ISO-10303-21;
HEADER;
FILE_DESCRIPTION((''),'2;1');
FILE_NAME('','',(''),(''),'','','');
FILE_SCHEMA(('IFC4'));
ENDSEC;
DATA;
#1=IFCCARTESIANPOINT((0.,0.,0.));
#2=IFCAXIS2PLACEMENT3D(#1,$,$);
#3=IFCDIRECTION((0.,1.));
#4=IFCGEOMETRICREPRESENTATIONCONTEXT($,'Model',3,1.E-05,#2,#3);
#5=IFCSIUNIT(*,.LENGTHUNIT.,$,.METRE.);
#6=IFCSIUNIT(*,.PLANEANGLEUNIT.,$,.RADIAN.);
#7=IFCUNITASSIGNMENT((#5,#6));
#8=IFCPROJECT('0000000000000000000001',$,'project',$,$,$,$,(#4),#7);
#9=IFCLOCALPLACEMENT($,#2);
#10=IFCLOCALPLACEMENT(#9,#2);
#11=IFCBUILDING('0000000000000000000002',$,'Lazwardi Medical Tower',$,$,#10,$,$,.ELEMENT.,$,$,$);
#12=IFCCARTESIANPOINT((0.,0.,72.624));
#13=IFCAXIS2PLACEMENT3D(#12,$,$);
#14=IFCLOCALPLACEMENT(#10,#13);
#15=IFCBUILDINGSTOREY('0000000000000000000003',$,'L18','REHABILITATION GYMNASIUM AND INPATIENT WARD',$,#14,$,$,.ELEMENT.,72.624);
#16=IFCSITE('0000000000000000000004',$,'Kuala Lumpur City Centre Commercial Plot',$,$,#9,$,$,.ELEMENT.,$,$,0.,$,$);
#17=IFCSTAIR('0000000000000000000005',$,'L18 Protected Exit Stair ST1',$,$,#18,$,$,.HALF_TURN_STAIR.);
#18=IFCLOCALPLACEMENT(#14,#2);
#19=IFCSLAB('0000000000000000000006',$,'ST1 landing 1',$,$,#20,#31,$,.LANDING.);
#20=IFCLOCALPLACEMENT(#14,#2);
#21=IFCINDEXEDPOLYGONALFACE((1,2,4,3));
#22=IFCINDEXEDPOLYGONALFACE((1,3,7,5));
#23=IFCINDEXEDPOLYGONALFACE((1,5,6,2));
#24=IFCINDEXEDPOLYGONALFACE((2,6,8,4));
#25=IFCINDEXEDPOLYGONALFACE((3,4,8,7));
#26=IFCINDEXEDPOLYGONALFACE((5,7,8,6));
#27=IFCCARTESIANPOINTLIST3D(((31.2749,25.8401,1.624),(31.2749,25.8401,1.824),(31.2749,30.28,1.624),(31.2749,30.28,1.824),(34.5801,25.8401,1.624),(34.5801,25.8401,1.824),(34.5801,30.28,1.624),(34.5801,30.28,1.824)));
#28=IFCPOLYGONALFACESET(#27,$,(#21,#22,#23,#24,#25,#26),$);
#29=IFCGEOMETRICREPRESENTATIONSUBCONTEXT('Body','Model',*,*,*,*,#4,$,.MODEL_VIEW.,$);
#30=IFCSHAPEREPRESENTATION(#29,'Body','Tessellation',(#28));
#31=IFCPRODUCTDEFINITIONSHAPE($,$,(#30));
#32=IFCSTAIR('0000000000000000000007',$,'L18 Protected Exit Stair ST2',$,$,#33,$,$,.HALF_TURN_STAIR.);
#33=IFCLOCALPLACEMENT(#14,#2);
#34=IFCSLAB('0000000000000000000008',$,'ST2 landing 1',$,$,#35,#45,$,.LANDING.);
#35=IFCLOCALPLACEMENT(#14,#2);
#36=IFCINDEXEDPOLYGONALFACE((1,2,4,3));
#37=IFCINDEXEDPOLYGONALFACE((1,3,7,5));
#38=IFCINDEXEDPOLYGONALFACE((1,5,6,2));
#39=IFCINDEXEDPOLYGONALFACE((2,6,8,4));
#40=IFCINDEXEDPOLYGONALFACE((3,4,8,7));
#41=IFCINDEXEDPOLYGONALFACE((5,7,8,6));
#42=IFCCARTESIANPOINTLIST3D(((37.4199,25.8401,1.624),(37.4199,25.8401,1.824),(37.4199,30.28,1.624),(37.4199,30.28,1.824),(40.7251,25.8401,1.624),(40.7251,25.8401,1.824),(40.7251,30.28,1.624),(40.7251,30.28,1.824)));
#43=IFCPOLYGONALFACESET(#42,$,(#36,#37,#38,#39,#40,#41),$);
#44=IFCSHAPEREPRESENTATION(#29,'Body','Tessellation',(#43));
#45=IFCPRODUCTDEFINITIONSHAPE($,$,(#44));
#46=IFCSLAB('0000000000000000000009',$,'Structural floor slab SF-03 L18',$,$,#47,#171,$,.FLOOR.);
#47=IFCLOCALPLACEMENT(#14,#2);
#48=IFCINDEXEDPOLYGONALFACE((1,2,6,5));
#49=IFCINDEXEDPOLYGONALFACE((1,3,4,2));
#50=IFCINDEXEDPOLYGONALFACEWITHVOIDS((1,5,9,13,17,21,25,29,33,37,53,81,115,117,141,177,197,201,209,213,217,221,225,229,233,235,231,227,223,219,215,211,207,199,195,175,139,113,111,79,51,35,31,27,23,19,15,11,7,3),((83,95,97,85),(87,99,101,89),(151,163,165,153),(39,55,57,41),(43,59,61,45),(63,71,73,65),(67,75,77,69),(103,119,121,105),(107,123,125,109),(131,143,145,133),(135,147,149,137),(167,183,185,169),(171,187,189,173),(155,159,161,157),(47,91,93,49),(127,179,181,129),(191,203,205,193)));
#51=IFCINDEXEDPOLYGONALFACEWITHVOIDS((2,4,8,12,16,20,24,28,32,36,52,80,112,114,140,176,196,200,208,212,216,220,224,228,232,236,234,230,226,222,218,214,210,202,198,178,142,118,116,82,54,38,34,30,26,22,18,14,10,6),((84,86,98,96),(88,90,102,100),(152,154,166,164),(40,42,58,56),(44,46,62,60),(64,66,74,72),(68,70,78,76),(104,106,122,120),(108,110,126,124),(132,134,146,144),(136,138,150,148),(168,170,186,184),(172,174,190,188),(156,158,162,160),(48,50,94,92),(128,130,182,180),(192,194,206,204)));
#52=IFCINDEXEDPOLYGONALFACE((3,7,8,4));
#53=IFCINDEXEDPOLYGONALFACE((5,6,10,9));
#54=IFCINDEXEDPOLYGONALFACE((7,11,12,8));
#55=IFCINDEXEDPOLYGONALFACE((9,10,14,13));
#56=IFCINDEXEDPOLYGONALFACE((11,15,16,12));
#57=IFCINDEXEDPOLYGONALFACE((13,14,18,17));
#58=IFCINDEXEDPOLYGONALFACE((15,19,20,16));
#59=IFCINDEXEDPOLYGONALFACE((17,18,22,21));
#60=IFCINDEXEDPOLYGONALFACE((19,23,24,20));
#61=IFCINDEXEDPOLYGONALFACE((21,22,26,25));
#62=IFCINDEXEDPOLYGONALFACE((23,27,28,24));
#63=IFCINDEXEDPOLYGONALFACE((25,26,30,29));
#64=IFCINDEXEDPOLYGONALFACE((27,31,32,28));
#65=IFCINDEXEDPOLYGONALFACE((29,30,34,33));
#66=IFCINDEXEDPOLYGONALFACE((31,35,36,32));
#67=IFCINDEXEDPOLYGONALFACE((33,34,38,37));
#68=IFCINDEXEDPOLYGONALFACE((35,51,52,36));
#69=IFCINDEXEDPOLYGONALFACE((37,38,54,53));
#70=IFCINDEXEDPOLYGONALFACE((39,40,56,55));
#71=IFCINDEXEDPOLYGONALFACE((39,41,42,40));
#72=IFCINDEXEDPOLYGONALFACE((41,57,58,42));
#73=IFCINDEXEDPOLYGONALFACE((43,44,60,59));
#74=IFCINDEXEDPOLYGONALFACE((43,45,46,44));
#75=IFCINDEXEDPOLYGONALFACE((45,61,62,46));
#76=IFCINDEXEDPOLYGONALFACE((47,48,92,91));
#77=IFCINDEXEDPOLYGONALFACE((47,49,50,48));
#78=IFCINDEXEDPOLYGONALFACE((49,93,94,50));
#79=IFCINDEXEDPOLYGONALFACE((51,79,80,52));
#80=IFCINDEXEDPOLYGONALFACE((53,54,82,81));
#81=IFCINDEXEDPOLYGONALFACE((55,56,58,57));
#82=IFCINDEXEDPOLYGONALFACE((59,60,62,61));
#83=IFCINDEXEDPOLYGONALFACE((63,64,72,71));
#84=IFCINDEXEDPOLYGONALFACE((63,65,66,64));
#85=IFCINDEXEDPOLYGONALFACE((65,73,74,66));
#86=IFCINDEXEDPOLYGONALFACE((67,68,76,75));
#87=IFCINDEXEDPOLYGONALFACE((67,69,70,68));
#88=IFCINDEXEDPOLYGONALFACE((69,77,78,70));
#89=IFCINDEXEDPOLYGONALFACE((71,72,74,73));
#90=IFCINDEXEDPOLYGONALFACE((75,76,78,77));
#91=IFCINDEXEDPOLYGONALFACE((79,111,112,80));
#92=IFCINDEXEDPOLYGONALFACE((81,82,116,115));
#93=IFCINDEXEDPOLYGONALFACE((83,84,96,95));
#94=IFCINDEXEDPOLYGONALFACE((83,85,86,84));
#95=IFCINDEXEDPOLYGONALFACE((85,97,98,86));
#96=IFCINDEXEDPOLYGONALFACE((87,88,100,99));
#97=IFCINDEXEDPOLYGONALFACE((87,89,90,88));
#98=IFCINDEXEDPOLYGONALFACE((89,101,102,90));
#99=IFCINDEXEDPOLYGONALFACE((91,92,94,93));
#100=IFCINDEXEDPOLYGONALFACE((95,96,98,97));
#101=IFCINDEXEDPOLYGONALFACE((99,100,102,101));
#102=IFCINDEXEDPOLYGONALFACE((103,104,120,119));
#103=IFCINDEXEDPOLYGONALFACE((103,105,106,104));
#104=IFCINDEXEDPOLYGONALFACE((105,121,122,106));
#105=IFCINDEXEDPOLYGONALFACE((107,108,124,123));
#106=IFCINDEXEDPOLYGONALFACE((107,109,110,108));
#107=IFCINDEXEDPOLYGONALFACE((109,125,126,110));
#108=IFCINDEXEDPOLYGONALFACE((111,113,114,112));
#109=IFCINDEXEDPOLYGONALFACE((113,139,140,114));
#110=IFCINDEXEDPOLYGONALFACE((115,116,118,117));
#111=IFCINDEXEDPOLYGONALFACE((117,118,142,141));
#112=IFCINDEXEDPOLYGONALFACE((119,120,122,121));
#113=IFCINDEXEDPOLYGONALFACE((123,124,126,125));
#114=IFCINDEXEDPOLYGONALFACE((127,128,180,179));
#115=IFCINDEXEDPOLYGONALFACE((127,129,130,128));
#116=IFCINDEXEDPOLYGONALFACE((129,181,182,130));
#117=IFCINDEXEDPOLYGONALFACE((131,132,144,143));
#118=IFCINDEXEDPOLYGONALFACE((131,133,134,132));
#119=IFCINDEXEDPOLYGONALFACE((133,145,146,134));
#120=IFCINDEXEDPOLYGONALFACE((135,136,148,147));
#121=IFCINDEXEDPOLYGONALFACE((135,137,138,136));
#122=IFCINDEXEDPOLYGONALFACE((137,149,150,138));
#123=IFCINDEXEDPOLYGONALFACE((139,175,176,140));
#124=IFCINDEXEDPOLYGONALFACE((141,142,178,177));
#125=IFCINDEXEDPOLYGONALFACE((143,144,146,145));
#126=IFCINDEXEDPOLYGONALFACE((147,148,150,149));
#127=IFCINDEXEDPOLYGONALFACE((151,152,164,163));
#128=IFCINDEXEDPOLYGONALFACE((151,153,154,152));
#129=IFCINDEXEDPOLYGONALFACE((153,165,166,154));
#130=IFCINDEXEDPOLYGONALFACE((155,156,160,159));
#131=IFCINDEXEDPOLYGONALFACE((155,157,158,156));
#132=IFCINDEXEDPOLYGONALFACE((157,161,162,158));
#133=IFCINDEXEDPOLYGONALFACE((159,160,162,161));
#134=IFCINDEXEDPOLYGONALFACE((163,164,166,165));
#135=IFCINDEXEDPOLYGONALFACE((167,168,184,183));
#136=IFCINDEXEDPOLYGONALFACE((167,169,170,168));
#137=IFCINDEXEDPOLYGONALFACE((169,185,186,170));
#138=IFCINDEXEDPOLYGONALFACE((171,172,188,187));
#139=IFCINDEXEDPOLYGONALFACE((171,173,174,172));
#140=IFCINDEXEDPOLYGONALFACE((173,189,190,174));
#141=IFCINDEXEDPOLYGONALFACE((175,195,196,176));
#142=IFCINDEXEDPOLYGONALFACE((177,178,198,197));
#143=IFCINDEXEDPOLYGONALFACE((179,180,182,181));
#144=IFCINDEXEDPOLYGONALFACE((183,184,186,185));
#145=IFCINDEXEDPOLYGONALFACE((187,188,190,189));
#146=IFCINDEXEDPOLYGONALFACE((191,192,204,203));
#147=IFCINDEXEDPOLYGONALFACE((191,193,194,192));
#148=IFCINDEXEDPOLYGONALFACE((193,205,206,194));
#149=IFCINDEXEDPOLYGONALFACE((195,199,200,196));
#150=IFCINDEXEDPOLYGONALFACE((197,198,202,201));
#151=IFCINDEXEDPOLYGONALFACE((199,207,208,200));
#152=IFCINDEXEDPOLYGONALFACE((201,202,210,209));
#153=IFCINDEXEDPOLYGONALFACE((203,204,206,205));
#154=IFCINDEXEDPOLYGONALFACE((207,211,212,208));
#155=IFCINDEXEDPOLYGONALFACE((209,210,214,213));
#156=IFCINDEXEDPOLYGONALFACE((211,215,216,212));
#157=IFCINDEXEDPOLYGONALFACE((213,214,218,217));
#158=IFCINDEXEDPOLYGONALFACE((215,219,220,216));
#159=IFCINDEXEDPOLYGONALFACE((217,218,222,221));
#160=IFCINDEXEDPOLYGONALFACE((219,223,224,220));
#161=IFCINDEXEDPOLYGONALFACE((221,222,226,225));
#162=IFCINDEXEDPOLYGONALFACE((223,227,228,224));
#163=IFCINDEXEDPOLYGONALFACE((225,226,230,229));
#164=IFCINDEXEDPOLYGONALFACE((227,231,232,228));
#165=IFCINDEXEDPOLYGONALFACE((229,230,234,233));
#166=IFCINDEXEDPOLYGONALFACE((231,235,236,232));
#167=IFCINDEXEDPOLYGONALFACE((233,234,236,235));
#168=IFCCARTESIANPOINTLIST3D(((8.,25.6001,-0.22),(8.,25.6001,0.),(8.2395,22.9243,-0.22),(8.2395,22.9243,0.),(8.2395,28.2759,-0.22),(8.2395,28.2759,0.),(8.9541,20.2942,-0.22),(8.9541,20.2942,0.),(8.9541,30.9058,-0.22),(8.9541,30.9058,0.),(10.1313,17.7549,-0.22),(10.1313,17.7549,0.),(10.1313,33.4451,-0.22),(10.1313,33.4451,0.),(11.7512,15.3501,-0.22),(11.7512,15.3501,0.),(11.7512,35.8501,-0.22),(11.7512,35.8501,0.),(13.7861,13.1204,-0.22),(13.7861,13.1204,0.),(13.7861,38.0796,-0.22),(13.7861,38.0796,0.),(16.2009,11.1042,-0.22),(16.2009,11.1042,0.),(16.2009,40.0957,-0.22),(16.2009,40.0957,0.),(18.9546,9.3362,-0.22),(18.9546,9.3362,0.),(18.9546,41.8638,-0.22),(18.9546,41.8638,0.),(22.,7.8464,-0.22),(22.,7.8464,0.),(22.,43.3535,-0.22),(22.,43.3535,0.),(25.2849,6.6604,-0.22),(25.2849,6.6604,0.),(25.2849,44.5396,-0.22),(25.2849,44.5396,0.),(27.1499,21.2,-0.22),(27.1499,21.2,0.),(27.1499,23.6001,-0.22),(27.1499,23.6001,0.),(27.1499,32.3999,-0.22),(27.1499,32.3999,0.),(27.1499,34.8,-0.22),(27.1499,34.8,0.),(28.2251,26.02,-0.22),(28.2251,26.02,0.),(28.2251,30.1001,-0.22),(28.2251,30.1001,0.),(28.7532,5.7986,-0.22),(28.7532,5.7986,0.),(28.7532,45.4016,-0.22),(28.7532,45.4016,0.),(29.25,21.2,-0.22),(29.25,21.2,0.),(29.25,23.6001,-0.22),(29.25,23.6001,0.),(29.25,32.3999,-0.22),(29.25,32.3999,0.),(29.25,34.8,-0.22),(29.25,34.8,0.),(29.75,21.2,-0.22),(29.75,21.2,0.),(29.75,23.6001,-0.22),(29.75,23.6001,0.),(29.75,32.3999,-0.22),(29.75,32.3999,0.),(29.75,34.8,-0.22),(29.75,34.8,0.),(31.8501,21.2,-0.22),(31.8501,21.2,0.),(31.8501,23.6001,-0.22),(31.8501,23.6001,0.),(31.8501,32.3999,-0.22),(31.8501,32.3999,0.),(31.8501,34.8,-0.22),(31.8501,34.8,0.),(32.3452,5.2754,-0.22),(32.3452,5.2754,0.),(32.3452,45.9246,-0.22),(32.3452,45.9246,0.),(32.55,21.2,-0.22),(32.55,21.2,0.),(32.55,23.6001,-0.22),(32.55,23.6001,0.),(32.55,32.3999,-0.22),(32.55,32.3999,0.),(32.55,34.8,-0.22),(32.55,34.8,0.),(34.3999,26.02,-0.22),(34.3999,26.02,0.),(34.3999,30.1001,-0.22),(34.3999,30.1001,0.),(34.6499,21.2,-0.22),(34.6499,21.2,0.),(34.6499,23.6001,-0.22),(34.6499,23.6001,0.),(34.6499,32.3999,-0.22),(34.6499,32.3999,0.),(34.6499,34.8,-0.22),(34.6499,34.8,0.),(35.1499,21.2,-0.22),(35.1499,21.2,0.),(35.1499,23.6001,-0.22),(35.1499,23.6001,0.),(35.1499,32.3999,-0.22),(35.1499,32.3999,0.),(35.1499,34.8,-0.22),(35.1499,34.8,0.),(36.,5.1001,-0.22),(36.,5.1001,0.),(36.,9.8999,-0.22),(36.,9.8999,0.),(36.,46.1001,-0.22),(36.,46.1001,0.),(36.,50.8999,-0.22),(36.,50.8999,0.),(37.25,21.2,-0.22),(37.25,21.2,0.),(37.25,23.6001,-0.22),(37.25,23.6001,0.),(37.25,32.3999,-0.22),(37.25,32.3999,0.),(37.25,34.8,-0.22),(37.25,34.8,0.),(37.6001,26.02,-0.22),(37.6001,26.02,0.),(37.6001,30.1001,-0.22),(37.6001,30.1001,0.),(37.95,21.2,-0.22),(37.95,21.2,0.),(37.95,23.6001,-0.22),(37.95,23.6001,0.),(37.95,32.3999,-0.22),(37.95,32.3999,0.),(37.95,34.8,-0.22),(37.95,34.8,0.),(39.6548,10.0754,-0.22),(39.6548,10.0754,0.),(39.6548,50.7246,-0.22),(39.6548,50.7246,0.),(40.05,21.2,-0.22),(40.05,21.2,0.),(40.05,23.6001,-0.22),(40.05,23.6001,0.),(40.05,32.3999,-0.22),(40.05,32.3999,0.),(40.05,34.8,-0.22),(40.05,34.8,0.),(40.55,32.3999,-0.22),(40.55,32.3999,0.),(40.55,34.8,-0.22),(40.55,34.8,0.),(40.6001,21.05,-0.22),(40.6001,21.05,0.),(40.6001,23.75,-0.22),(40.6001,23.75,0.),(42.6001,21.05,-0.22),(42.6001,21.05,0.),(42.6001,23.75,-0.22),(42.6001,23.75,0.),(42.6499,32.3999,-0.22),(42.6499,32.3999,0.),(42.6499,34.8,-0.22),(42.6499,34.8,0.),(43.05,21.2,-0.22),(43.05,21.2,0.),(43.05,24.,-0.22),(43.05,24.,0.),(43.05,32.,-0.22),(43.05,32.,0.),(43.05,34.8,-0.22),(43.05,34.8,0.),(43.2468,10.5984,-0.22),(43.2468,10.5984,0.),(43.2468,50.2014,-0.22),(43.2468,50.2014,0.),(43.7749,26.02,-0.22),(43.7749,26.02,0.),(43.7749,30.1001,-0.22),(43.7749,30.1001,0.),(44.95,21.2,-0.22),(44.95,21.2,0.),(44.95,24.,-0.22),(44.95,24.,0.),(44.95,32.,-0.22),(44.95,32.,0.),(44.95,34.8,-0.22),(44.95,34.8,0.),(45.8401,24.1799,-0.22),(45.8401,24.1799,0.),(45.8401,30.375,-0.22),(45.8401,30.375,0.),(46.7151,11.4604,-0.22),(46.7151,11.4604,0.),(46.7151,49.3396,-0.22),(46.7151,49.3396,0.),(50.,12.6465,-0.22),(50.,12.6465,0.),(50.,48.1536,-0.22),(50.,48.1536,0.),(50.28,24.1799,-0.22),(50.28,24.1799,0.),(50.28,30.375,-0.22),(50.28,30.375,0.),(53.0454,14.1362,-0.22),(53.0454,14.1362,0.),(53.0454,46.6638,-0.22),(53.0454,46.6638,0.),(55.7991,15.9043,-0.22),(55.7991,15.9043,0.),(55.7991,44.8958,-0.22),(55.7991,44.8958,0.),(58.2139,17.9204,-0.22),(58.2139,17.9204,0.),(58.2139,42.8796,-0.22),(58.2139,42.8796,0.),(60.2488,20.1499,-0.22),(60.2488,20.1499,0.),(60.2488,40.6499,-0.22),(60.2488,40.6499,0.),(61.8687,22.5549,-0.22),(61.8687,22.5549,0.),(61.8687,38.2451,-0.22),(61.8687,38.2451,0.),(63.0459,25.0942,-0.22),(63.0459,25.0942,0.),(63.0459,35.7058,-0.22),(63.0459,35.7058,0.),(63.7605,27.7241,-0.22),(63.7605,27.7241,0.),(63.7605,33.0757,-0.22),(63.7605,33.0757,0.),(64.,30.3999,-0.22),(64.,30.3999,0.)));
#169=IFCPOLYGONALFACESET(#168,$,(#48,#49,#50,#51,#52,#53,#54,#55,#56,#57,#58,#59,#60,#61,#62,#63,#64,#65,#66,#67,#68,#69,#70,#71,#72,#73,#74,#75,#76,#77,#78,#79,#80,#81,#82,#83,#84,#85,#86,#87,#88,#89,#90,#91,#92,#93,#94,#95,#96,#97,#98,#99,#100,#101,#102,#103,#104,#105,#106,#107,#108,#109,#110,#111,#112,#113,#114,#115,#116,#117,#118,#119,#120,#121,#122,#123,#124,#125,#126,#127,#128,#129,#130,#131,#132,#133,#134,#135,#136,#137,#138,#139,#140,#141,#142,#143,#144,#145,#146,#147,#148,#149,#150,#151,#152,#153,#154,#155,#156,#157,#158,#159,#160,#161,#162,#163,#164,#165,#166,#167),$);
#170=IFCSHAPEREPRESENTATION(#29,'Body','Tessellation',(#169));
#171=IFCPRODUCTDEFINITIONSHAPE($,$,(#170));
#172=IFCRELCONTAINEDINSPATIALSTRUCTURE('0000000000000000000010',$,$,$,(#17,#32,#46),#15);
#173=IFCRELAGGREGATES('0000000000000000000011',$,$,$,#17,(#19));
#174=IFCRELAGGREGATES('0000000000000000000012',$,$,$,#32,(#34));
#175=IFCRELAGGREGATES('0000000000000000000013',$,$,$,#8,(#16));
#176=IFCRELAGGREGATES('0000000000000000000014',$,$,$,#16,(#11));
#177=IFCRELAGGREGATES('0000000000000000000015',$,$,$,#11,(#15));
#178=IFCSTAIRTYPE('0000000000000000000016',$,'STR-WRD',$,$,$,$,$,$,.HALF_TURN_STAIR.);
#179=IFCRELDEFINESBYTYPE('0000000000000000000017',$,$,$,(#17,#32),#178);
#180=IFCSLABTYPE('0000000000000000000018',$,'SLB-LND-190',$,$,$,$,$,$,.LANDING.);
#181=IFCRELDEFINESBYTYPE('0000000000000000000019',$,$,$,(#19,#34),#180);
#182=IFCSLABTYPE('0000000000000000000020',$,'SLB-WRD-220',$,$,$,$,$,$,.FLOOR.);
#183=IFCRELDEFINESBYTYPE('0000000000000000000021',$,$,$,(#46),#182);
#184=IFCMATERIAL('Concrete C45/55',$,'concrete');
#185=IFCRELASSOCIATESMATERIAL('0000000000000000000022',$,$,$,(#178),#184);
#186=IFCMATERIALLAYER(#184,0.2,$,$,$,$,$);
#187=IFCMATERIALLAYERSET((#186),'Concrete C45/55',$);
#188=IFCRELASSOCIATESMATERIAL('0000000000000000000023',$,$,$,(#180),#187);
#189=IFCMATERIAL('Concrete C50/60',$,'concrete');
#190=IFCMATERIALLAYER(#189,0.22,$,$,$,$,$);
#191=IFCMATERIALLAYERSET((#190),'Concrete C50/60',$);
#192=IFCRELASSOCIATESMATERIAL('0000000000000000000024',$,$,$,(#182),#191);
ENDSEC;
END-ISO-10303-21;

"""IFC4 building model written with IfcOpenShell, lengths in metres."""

from ifc_helpers import new_model, si_unit, direction, frame, origin, place, context, subcontext, project, spatial, polyline, outline, extrude, material, layer, layer_set, type_object, element, aggregate, save


model = new_model("IFC4")

# Units and contexts
model_context = context("Model", 3, precision=1e-05, world=origin(), true_north=direction((0.0, 1.0)))
body_context = subcontext(model_context, "Body", "Model", "MODEL_VIEW")
ifc_project = project(units=[si_unit("LENGTHUNIT", "METRE"), si_unit("PLANEANGLEUNIT", "RADIAN")], contexts=[model_context])

# Site, building, storey
site_placement = place(None, origin())
site = spatial("IfcSite", under=ifc_project, at=site_placement, Name="Kuala Lumpur City Centre Commercial Plot", CompositionType="ELEMENT", RefElevation=0.0)
building_placement = place(site_placement, origin())
building = spatial("IfcBuilding", under=site, at=building_placement, Name="Lazwardi Medical Tower", CompositionType="ELEMENT")
storey_placement = place(building_placement, frame((0.0, 0.0, 72.624)))
storey = spatial("IfcBuildingStorey", under=building, at=storey_placement, Name="L18", Description="REHABILITATION GYMNASIUM AND INPATIENT WARD", CompositionType="ELEMENT", Elevation=72.624)

# Stairs, slabs
ifc_material_1 = material(Name="Concrete C45/55", Category="concrete")
stair_type = type_object("IfcStairType", Name="STR-WRD", PredefinedType="HALF_TURN_STAIR", material=ifc_material_1)
stair_1_placement = place(storey_placement, origin())
stair_1 = element("IfcStair", 1, at=stair_1_placement, inside=storey, type_object=stair_type, Name="L18 Protected Exit Stair ST1", PredefinedType="HALF_TURN_STAIR")
ifc_layer_1 = layer(ifc_material_1, 0.2)
ifc_layer_set_1 = layer_set([ifc_layer_1], Name="Concrete C45/55")
slab_type_1 = type_object("IfcSlabType", Name="SLB-LND-190", PredefinedType="LANDING", material=ifc_layer_set_1)
slab_1_placement = place(storey_placement, frame((0.0, 0.0, 1.624)))
slab_1 = element("IfcSlab", 2, at=slab_1_placement, type_object=slab_type_1, Name="ST1 landing 1", PredefinedType="LANDING", context=body_context, shape_type="SweptSolid", body=[
    extrude(outline(polyline([(31.2749, 25.8401), (34.5801, 25.8401), (34.5801, 30.28), (31.2749, 30.28), (31.2749, 25.8401)])), origin(), (0.0, 0.0, 1.0), 0.2),
])
aggregate(stair_1, [slab_1])
stair_2_placement = place(storey_placement, origin())
stair_2 = element("IfcStair", 3, at=stair_2_placement, inside=storey, type_object=stair_type, Name="L18 Protected Exit Stair ST2", PredefinedType="HALF_TURN_STAIR")
slab_2_placement = place(storey_placement, frame((0.0, 0.0, 1.624)))
slab_2 = element("IfcSlab", 4, at=slab_2_placement, type_object=slab_type_1, Name="ST2 landing 1", PredefinedType="LANDING", context=body_context, shape_type="SweptSolid", body=[
    extrude(outline(polyline([(40.7251, 30.28), (37.4199, 30.28), (37.4199, 25.8401), (40.7251, 25.8401), (40.7251, 30.28)])), origin(), (0.0, 0.0, 1.0), 0.2),
])
aggregate(stair_2, [slab_2])

# Slab
ifc_material_2 = material(Name="Concrete C50/60", Category="concrete")
ifc_layer_2 = layer(ifc_material_2, 0.22)
ifc_layer_set_2 = layer_set([ifc_layer_2], Name="Concrete C50/60")
slab_type_2 = type_object("IfcSlabType", Name="SLB-WRD-220", PredefinedType="FLOOR", material=ifc_layer_set_2)
slab_3_placement = place(storey_placement, frame((0.0, 0.0, -0.22)))
element("IfcSlab", 5, at=slab_3_placement, inside=storey, type_object=slab_type_2, Name="Structural floor slab SF-03 L18", PredefinedType="FLOOR", context=body_context, shape_type="SweptSolid", body=[
    extrude(outline(polyline([(10.1313, 33.4451), (8.9541, 30.9058), (8.2395, 28.2759), (8.0, 25.6001), (8.2395, 22.9243), (8.9541, 20.2942), (10.1313, 17.7549), (11.7512, 15.3501), (13.7861, 13.1204), (16.2009, 11.1042), (18.9546, 9.3362), (22.0, 7.8464), (25.2849, 6.6604), (28.7532, 5.7986), (32.3452, 5.2754), (36.0, 5.1001), (36.0, 9.8999), (39.6548, 10.0754), (43.2468, 10.5984), (46.7151, 11.4604), (50.0, 12.6465), (53.0454, 14.1362), (55.7991, 15.9043), (58.2139, 17.9204), (60.2488, 20.1499), (61.8687, 22.5549), (63.0459, 25.0942), (63.7605, 27.7241), (64.0, 30.3999), (63.7605, 33.0757), (63.0459, 35.7058), (61.8687, 38.2451), (60.2488, 40.6499), (58.2139, 42.8796), (55.7991, 44.8958), (53.0454, 46.6638), (50.0, 48.1536), (46.7151, 49.3396), (43.2468, 50.2014), (39.6548, 50.7246), (36.0, 50.8999), (36.0, 46.1001), (32.3452, 45.9246), (28.7532, 45.4016), (25.2849, 44.5396), (22.0, 43.3535), (18.9546, 41.8638), (16.2009, 40.0957), (13.7861, 38.0796), (11.7512, 35.8501), (10.1313, 33.4451)]), holes=[polyline([(28.2251, 26.02), (28.2251, 30.1001), (34.3999, 30.1001), (34.3999, 26.02), (28.2251, 26.02)]), polyline([(37.6001, 30.1001), (43.7749, 30.1001), (43.7749, 26.02), (37.6001, 26.02), (37.6001, 30.1001)]), polyline([(50.28, 30.375), (50.28, 24.1799), (45.8401, 24.1799), (45.8401, 30.375), (50.28, 30.375)]), polyline([(29.25, 32.3999), (27.1499, 32.3999), (27.1499, 34.8), (29.25, 34.8), (29.25, 32.3999)]), polyline([(29.75, 32.3999), (29.75, 34.8), (31.8501, 34.8), (31.8501, 32.3999), (29.75, 32.3999)]), polyline([(27.1499, 23.6001), (29.25, 23.6001), (29.25, 21.2), (27.1499, 21.2), (27.1499, 23.6001)]), polyline([(31.8501, 23.6001), (31.8501, 21.2), (29.75, 21.2), (29.75, 23.6001), (31.8501, 23.6001)]), polyline([(34.6499, 32.3999), (32.55, 32.3999), (32.55, 34.8), (34.6499, 34.8), (34.6499, 32.3999)]), polyline([(35.1499, 32.3999), (35.1499, 34.8), (37.25, 34.8), (37.25, 32.3999), (35.1499, 32.3999)]), polyline([(32.55, 23.6001), (34.6499, 23.6001), (34.6499, 21.2), (32.55, 21.2), (32.55, 23.6001)]), polyline([(37.25, 23.6001), (37.25, 21.2), (35.1499, 21.2), (35.1499, 23.6001), (37.25, 23.6001)]), polyline([(40.05, 32.3999), (37.95, 32.3999), (37.95, 34.8), (40.05, 34.8), (40.05, 32.3999)]), polyline([(40.55, 32.3999), (40.55, 34.8), (42.6499, 34.8), (42.6499, 32.3999), (40.55, 32.3999)]), polyline([(37.95, 23.6001), (40.05, 23.6001), (40.05, 21.2), (37.95, 21.2), (37.95, 23.6001)]), polyline([(44.95, 34.8), (44.95, 32.0), (43.05, 32.0), (43.05, 34.8), (44.95, 34.8)]), polyline([(44.95, 21.2), (43.05, 21.2), (43.05, 24.0), (44.95, 24.0), (44.95, 21.2)]), polyline([(40.6001, 21.05), (40.6001, 23.75), (42.6001, 23.75), (42.6001, 21.05), (40.6001, 21.05)])]), origin(), (0.0, 0.0, 1.0), 0.22),
])

save(model, "model.ifc")
